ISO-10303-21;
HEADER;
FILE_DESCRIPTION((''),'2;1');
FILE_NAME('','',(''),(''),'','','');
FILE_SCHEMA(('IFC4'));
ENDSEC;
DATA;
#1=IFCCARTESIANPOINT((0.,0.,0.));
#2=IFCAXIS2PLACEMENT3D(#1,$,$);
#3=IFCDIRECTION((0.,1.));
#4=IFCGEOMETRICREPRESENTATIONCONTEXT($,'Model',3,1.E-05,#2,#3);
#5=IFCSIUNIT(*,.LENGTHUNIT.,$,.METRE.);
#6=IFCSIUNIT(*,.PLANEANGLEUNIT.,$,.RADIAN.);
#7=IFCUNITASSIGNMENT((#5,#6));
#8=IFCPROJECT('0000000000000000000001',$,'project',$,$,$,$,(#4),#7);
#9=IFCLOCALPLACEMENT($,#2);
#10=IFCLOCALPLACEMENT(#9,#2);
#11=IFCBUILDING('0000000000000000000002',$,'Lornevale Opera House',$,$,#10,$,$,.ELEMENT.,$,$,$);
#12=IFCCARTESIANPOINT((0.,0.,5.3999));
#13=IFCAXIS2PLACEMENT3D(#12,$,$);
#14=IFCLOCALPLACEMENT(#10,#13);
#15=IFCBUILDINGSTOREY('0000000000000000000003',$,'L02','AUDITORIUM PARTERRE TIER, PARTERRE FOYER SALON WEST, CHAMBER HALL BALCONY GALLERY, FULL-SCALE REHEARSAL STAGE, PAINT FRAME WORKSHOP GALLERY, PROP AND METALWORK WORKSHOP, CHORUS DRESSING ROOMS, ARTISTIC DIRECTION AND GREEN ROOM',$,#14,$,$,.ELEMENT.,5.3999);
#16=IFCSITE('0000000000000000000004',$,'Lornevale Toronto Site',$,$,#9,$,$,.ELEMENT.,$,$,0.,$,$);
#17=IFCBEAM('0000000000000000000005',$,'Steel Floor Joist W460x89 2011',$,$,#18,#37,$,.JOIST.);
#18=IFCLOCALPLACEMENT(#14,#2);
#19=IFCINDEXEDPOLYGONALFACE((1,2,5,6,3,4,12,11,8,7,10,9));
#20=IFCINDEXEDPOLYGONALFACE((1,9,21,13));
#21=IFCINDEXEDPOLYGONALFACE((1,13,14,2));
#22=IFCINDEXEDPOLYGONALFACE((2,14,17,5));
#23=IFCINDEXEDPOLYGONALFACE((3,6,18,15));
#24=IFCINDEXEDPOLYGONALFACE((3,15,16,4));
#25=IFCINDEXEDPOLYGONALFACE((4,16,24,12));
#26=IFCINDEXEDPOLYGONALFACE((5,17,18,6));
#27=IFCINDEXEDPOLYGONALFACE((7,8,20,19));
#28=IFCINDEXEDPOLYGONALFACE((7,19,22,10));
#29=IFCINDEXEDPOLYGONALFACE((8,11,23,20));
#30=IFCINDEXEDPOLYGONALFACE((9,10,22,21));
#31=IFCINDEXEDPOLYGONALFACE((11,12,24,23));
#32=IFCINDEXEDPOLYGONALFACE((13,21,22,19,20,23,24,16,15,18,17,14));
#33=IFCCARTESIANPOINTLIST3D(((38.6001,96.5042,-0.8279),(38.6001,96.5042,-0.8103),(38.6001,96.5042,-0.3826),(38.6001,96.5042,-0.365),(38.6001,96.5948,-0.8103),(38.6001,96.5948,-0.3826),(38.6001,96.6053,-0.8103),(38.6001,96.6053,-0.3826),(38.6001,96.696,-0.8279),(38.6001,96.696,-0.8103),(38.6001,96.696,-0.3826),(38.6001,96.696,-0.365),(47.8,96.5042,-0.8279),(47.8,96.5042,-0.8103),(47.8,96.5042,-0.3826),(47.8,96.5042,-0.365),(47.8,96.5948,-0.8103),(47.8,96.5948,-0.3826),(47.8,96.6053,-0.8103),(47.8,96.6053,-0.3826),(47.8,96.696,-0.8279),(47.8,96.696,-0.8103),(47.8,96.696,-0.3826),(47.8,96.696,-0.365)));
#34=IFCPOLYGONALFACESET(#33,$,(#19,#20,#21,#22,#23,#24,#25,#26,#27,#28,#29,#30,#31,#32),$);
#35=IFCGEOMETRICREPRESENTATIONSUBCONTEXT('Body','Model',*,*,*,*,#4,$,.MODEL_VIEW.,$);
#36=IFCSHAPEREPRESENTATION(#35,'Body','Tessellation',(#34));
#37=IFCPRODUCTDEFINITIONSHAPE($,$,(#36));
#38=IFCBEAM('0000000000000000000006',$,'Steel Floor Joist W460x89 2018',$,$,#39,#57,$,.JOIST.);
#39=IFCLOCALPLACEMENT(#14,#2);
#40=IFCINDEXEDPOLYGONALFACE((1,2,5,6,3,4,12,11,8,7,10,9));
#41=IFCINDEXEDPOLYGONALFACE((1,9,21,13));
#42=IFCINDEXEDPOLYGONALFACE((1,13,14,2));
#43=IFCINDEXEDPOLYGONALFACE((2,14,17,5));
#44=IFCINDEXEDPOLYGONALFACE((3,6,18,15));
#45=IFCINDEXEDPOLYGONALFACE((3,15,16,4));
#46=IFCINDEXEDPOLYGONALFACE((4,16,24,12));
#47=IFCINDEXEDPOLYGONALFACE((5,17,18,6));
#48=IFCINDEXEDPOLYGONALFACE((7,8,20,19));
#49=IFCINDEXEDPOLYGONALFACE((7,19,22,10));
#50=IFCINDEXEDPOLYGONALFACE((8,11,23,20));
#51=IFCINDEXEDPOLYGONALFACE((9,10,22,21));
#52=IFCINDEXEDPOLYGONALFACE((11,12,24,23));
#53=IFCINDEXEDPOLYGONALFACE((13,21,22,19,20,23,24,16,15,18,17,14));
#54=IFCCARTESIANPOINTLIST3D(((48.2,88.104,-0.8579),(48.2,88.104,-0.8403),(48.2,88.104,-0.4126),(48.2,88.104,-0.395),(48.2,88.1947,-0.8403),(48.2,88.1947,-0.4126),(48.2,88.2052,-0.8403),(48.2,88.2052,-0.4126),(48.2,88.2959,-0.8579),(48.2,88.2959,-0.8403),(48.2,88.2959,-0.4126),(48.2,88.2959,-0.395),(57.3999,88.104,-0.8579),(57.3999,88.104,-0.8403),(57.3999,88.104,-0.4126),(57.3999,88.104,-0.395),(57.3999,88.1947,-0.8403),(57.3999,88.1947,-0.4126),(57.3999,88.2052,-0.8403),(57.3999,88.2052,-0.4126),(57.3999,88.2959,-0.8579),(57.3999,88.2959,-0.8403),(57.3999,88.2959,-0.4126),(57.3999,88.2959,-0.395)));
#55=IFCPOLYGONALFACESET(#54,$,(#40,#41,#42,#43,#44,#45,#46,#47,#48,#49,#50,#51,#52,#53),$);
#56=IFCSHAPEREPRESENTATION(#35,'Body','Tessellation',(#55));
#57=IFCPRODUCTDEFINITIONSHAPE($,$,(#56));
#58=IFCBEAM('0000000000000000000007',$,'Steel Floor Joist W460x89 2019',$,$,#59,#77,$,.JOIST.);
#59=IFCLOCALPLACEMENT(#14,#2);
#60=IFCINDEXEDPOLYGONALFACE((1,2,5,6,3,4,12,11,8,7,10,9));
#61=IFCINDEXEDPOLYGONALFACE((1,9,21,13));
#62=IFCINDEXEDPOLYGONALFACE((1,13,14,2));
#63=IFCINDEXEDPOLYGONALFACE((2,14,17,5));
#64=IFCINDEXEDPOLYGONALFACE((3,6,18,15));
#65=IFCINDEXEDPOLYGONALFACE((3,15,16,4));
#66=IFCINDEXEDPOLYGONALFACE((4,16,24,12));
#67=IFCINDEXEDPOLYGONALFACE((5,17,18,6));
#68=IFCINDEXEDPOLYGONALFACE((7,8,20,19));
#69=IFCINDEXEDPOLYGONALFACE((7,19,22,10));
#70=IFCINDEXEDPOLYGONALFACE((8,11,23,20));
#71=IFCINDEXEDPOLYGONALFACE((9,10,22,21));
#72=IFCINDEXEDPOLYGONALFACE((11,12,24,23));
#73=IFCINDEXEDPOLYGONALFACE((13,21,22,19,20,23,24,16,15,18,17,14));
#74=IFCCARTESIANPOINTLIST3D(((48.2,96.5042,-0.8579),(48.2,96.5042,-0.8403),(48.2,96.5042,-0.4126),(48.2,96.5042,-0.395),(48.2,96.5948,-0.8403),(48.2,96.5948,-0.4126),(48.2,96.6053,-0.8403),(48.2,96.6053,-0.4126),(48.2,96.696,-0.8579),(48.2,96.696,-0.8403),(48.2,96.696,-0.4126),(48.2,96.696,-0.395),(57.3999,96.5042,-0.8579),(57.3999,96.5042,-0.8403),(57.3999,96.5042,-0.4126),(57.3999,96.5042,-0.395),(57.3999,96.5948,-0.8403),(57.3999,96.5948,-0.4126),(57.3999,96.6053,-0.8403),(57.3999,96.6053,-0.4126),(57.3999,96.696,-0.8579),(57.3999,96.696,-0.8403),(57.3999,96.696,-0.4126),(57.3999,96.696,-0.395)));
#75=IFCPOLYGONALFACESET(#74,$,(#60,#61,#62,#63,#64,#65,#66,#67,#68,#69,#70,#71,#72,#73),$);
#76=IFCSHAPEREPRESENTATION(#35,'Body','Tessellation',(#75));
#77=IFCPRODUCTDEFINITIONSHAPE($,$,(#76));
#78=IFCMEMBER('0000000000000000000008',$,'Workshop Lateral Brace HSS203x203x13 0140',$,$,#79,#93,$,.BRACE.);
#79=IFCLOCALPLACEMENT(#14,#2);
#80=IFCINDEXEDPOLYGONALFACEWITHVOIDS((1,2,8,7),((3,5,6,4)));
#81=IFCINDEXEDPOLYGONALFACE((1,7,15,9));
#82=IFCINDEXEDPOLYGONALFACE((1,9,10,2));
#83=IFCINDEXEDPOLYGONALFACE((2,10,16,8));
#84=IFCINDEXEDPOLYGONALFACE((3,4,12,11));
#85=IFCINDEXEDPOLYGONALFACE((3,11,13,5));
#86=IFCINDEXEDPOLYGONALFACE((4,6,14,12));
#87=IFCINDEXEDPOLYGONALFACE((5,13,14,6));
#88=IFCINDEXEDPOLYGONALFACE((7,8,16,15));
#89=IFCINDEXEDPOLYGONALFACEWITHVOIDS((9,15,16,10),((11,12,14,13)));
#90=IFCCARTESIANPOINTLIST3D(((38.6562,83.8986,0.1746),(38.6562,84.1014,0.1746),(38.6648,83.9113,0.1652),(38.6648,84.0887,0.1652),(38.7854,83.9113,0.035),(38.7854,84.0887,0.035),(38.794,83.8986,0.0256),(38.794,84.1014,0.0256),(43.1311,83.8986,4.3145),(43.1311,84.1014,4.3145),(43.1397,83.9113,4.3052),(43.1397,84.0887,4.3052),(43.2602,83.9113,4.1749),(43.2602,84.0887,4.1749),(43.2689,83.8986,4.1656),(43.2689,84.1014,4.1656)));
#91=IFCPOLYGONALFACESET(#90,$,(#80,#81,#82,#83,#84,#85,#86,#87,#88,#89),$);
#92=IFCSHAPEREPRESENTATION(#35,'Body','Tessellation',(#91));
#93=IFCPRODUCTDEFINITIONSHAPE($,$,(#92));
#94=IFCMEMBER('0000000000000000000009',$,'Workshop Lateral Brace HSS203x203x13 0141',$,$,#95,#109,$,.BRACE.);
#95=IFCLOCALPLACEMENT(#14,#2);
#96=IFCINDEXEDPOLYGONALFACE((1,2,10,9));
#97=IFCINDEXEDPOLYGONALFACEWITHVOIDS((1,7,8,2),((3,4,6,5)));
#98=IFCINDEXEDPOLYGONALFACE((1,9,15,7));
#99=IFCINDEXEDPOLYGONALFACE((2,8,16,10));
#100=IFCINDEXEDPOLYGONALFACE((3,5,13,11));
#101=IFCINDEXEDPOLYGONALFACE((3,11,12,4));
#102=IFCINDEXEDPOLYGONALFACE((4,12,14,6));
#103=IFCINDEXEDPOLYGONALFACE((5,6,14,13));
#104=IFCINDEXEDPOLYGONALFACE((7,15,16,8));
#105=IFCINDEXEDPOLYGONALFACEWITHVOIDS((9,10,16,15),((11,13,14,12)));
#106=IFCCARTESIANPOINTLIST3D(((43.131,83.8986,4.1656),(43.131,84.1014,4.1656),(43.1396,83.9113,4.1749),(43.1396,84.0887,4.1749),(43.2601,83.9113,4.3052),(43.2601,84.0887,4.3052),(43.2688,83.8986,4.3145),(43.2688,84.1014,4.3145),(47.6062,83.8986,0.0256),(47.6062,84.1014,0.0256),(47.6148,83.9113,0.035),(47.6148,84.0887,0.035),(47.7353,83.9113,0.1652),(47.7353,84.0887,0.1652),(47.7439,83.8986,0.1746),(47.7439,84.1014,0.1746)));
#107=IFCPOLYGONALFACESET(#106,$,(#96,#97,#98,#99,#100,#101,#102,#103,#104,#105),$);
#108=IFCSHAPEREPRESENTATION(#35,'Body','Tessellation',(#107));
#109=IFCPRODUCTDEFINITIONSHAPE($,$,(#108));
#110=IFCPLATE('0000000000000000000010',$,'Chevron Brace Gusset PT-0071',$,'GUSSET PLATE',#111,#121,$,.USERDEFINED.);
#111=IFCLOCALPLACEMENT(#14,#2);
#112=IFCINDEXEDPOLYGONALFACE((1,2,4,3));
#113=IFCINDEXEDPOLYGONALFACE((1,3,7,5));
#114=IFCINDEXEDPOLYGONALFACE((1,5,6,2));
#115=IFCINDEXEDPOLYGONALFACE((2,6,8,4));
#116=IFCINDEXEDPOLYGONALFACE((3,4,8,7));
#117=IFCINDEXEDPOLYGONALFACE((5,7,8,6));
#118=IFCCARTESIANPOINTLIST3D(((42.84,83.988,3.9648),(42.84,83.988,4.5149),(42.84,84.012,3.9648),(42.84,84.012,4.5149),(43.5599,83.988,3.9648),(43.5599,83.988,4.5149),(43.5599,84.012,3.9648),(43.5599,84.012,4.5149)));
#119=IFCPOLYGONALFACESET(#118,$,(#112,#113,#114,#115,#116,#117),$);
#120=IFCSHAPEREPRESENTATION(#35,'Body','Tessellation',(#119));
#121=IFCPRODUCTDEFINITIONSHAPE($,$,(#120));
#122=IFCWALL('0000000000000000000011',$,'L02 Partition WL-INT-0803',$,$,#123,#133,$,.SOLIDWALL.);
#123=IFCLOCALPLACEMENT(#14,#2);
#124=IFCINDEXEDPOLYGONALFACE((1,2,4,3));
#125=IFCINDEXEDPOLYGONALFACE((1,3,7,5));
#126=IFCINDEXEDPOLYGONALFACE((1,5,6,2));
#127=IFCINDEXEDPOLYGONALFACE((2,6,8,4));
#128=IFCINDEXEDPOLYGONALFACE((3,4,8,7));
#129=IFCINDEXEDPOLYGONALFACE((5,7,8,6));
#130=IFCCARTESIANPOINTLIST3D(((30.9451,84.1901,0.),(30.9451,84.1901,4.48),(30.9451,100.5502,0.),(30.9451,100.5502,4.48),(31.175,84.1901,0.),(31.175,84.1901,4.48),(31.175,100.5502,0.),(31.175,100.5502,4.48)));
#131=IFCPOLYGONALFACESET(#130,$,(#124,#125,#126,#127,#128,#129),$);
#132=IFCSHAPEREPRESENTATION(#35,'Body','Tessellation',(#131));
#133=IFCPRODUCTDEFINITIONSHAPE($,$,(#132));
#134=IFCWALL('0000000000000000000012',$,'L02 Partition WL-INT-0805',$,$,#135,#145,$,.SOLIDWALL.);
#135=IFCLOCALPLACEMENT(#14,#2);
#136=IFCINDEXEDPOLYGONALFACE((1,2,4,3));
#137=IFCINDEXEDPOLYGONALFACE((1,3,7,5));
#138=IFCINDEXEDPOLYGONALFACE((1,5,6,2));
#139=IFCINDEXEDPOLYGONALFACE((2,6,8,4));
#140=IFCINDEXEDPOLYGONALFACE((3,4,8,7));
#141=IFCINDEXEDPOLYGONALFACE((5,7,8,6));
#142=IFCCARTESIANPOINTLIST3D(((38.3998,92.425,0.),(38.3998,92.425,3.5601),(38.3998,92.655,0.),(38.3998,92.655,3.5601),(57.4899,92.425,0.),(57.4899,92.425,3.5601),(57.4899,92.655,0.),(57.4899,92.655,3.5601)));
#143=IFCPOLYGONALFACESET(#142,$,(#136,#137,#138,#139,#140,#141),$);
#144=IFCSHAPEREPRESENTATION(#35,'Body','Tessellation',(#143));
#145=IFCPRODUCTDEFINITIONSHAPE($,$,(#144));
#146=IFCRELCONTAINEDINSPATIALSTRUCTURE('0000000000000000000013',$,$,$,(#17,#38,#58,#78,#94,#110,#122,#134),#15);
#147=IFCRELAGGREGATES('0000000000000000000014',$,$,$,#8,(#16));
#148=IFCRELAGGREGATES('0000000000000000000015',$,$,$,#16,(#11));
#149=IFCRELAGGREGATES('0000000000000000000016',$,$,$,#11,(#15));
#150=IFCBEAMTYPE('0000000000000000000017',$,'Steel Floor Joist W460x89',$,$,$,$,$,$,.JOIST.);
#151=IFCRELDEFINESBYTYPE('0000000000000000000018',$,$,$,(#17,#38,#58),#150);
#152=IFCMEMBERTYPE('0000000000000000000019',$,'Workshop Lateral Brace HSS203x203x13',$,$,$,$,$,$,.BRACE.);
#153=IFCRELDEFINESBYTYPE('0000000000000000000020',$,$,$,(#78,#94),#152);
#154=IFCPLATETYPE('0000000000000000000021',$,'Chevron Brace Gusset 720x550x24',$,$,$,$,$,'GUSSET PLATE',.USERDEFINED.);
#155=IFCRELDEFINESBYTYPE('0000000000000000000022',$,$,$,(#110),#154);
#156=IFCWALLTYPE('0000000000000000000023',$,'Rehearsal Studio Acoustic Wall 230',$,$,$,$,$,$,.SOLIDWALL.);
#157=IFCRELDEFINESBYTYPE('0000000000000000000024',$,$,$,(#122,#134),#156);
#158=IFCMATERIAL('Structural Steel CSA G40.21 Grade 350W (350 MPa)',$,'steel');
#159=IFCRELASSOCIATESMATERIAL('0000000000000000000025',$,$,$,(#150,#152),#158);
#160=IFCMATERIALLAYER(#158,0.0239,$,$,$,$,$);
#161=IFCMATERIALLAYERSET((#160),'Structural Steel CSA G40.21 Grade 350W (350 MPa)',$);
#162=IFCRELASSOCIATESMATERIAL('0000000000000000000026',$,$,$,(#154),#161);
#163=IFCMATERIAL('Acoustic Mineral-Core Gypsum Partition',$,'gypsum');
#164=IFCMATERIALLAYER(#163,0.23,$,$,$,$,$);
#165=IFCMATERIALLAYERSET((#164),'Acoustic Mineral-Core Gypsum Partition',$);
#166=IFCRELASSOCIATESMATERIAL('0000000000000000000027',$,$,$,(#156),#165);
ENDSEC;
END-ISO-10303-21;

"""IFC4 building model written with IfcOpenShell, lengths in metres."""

from ifc_helpers import new_model, si_unit, direction, frame, frame_2d, origin, origin_2d, place, context, subcontext, project, spatial, rectangle, hollow_rectangle, i_section, extrude, material, layer, layer_set, material_profile, profile_set, type_object, element, save


model = new_model("IFC4")

# Units and contexts
model_context = context("Model", 3, precision=1e-05, world=origin(), true_north=direction((0.0, 1.0)))
body_context = subcontext(model_context, "Body", "Model", "MODEL_VIEW")
ifc_project = project(units=[si_unit("LENGTHUNIT", "METRE"), si_unit("PLANEANGLEUNIT", "RADIAN")], contexts=[model_context])

# Site, building, storey
site_placement = place(None, origin())
site = spatial("IfcSite", under=ifc_project, at=site_placement, Name="Lornevale Toronto Site", CompositionType="ELEMENT", RefElevation=0.0)
building_placement = place(site_placement, origin())
building = spatial("IfcBuilding", under=site, at=building_placement, Name="Lornevale Opera House", CompositionType="ELEMENT")
storey_placement = place(building_placement, frame((0.0, 0.0, 5.3999)))
storey = spatial("IfcBuildingStorey", under=building, at=storey_placement, Name="L02", Description="AUDITORIUM PARTERRE TIER, PARTERRE FOYER SALON WEST, CHAMBER HALL BALCONY GALLERY, FULL-SCALE REHEARSAL STAGE, PAINT FRAME WORKSHOP GALLERY, PROP AND METALWORK WORKSHOP, CHORUS DRESSING ROOMS, ARTISTIC DIRECTION AND GREEN ROOM", CompositionType="ELEMENT", Elevation=5.3999)

# Beams
ifc_material_1 = material(Name="Structural Steel CSA G40.21 Grade 350W (350 MPa)", Category="steel")
ifc_material_profile_1 = material_profile(ifc_material_1, i_section(OverallWidth=0.1919, OverallDepth=0.4629, WebThickness=0.0105, FlangeThickness=0.0176, at=origin_2d()), Name="W460x89")
ifc_profile_set_1 = profile_set([ifc_material_profile_1], Name="Structural Steel CSA G40.21 Grade 350W (350 MPa)")
beam_type_1 = type_object("IfcBeamType", Name="Steel Floor Joist W460x89", PredefinedType="JOIST", material=ifc_profile_set_1)
for number, where, z_axis, x_axis, name in (
    (1, (38.6001, 96.6001, -0.5964), (1.0, 0.0, 0.0), (0.0, 1.0, 0.0), "Steel Floor Joist W460x89 2011"),
    (2, (48.2, 88.2, -0.6265), (1.0, 0.0, 0.0), (0.0, 1.0, 0.0), "Steel Floor Joist W460x89 2018"),
    (3, (48.2, 96.6001, -0.6265), (1.0, 0.0, 0.0), (0.0, 1.0, 0.0), "Steel Floor Joist W460x89 2019"),
):
    element("IfcBeam", number, at=place(storey_placement, frame(where, z_axis=z_axis, x_axis=x_axis)), inside=storey, type_object=beam_type_1, Name=name, PredefinedType="JOIST", context=body_context, shape_type="SweptSolid", body=[
        extrude(i_section(OverallWidth=0.1919, OverallDepth=0.4629, WebThickness=0.0105, FlangeThickness=0.0176, at=origin_2d()), origin(), (0.0, 0.0, 1.0), 9.2),
    ])

# Members
ifc_material_profile_2 = material_profile(ifc_material_1, hollow_rectangle(XDim=0.2029, YDim=0.2029, WallThickness=0.0127, at=origin_2d()), Name="HSS203x203x13")
ifc_profile_set_2 = profile_set([ifc_material_profile_2], Name="Structural Steel CSA G40.21 Grade 350W (350 MPa)")
member_type = type_object("IfcMemberType", Name="Workshop Lateral Brace HSS203x203x13", PredefinedType="BRACE", material=ifc_profile_set_2)
member_1_placement = place(storey_placement, frame((38.7251, 84.0, 0.1001), z_axis=(0.734046, 0.0, 0.6791), x_axis=(0.0, 1.0, 0.0)))
element("IfcMember", 4, at=member_1_placement, inside=storey, type_object=member_type, Name="Workshop Lateral Brace HSS203x203x13 0140", PredefinedType="BRACE", context=body_context, shape_type="SweptSolid", body=[
    extrude(hollow_rectangle(XDim=0.2029, YDim=0.2029, WallThickness=0.0127, at=origin_2d()), origin(), (0.0, 0.0, 1.0), 6.0962),
])
member_2_placement = place(storey_placement, frame((47.675, 84.0, 0.1001), z_axis=(-0.734065, 0.0, 0.67908), x_axis=(0.0, -1.0, 0.0)))
element("IfcMember", 5, at=member_2_placement, inside=storey, type_object=member_type, Name="Workshop Lateral Brace HSS203x203x13 0141", PredefinedType="BRACE", context=body_context, shape_type="SweptSolid", body=[
    extrude(hollow_rectangle(XDim=0.2029, YDim=0.2029, WallThickness=0.0127, at=origin_2d()), origin(), (0.0, 0.0, 1.0), 6.0964),
])

# Plate
ifc_layer_1 = layer(ifc_material_1, 0.0239)
ifc_layer_set_1 = layer_set([ifc_layer_1], Name="Structural Steel CSA G40.21 Grade 350W (350 MPa)")
plate_type = type_object("IfcPlateType", Name="Chevron Brace Gusset 720x550x24", ElementType="GUSSET PLATE", PredefinedType="USERDEFINED", material=ifc_layer_set_1)
plate_placement = place(storey_placement, frame((43.2, 84.0, 3.9648), z_axis=(0.0, 0.0, 1.0), x_axis=(1.0, 0.0, 0.0)))
element("IfcPlate", 6, at=plate_placement, inside=storey, type_object=plate_type, Name="Chevron Brace Gusset PT-0071", ObjectType="GUSSET PLATE", PredefinedType="USERDEFINED", context=body_context, shape_type="SweptSolid", body=[
    extrude(rectangle(XDim=0.72, YDim=0.0239, at=origin_2d()), origin(), (0.0, 0.0, 1.0), 0.55),
])

# Walls
ifc_material_2 = material(Name="Acoustic Mineral-Core Gypsum Partition", Category="gypsum")
ifc_layer_2 = layer(ifc_material_2, 0.23)
ifc_layer_set_2 = layer_set([ifc_layer_2], Name="Acoustic Mineral-Core Gypsum Partition")
wall_type = type_object("IfcWallType", Name="Rehearsal Studio Acoustic Wall 230", PredefinedType="SOLIDWALL", material=ifc_layer_set_2)
wall_1_placement = place(storey_placement, frame((31.0601, 84.1899, 0.0), z_axis=(0.0, 0.0, 1.0), x_axis=(0.0, 1.0, 0.0)))
element("IfcWall", 7, at=wall_1_placement, inside=storey, type_object=wall_type, Name="L02 Partition WL-INT-0803", PredefinedType="SOLIDWALL", context=body_context, shape_type="SweptSolid", body=[
    extrude(rectangle(XDim=16.3601, YDim=0.23, at=frame_2d((8.1802, 0.0))), origin(), (0.0, 0.0, 1.0), 4.48),
])
wall_2_placement = place(storey_placement, frame((38.3999, 92.54, 0.0), z_axis=(0.0, 0.0, 1.0), x_axis=(1.0, 0.0, 0.0)))
element("IfcWall", 8, at=wall_2_placement, inside=storey, type_object=wall_type, Name="L02 Partition WL-INT-0805", PredefinedType="SOLIDWALL", context=body_context, shape_type="SweptSolid", body=[
    extrude(rectangle(XDim=19.0901, YDim=0.23, at=frame_2d((9.5449, 0.0))), origin(), (0.0, 0.0, 1.0), 3.5601),
])

save(model, "model.ifc")
